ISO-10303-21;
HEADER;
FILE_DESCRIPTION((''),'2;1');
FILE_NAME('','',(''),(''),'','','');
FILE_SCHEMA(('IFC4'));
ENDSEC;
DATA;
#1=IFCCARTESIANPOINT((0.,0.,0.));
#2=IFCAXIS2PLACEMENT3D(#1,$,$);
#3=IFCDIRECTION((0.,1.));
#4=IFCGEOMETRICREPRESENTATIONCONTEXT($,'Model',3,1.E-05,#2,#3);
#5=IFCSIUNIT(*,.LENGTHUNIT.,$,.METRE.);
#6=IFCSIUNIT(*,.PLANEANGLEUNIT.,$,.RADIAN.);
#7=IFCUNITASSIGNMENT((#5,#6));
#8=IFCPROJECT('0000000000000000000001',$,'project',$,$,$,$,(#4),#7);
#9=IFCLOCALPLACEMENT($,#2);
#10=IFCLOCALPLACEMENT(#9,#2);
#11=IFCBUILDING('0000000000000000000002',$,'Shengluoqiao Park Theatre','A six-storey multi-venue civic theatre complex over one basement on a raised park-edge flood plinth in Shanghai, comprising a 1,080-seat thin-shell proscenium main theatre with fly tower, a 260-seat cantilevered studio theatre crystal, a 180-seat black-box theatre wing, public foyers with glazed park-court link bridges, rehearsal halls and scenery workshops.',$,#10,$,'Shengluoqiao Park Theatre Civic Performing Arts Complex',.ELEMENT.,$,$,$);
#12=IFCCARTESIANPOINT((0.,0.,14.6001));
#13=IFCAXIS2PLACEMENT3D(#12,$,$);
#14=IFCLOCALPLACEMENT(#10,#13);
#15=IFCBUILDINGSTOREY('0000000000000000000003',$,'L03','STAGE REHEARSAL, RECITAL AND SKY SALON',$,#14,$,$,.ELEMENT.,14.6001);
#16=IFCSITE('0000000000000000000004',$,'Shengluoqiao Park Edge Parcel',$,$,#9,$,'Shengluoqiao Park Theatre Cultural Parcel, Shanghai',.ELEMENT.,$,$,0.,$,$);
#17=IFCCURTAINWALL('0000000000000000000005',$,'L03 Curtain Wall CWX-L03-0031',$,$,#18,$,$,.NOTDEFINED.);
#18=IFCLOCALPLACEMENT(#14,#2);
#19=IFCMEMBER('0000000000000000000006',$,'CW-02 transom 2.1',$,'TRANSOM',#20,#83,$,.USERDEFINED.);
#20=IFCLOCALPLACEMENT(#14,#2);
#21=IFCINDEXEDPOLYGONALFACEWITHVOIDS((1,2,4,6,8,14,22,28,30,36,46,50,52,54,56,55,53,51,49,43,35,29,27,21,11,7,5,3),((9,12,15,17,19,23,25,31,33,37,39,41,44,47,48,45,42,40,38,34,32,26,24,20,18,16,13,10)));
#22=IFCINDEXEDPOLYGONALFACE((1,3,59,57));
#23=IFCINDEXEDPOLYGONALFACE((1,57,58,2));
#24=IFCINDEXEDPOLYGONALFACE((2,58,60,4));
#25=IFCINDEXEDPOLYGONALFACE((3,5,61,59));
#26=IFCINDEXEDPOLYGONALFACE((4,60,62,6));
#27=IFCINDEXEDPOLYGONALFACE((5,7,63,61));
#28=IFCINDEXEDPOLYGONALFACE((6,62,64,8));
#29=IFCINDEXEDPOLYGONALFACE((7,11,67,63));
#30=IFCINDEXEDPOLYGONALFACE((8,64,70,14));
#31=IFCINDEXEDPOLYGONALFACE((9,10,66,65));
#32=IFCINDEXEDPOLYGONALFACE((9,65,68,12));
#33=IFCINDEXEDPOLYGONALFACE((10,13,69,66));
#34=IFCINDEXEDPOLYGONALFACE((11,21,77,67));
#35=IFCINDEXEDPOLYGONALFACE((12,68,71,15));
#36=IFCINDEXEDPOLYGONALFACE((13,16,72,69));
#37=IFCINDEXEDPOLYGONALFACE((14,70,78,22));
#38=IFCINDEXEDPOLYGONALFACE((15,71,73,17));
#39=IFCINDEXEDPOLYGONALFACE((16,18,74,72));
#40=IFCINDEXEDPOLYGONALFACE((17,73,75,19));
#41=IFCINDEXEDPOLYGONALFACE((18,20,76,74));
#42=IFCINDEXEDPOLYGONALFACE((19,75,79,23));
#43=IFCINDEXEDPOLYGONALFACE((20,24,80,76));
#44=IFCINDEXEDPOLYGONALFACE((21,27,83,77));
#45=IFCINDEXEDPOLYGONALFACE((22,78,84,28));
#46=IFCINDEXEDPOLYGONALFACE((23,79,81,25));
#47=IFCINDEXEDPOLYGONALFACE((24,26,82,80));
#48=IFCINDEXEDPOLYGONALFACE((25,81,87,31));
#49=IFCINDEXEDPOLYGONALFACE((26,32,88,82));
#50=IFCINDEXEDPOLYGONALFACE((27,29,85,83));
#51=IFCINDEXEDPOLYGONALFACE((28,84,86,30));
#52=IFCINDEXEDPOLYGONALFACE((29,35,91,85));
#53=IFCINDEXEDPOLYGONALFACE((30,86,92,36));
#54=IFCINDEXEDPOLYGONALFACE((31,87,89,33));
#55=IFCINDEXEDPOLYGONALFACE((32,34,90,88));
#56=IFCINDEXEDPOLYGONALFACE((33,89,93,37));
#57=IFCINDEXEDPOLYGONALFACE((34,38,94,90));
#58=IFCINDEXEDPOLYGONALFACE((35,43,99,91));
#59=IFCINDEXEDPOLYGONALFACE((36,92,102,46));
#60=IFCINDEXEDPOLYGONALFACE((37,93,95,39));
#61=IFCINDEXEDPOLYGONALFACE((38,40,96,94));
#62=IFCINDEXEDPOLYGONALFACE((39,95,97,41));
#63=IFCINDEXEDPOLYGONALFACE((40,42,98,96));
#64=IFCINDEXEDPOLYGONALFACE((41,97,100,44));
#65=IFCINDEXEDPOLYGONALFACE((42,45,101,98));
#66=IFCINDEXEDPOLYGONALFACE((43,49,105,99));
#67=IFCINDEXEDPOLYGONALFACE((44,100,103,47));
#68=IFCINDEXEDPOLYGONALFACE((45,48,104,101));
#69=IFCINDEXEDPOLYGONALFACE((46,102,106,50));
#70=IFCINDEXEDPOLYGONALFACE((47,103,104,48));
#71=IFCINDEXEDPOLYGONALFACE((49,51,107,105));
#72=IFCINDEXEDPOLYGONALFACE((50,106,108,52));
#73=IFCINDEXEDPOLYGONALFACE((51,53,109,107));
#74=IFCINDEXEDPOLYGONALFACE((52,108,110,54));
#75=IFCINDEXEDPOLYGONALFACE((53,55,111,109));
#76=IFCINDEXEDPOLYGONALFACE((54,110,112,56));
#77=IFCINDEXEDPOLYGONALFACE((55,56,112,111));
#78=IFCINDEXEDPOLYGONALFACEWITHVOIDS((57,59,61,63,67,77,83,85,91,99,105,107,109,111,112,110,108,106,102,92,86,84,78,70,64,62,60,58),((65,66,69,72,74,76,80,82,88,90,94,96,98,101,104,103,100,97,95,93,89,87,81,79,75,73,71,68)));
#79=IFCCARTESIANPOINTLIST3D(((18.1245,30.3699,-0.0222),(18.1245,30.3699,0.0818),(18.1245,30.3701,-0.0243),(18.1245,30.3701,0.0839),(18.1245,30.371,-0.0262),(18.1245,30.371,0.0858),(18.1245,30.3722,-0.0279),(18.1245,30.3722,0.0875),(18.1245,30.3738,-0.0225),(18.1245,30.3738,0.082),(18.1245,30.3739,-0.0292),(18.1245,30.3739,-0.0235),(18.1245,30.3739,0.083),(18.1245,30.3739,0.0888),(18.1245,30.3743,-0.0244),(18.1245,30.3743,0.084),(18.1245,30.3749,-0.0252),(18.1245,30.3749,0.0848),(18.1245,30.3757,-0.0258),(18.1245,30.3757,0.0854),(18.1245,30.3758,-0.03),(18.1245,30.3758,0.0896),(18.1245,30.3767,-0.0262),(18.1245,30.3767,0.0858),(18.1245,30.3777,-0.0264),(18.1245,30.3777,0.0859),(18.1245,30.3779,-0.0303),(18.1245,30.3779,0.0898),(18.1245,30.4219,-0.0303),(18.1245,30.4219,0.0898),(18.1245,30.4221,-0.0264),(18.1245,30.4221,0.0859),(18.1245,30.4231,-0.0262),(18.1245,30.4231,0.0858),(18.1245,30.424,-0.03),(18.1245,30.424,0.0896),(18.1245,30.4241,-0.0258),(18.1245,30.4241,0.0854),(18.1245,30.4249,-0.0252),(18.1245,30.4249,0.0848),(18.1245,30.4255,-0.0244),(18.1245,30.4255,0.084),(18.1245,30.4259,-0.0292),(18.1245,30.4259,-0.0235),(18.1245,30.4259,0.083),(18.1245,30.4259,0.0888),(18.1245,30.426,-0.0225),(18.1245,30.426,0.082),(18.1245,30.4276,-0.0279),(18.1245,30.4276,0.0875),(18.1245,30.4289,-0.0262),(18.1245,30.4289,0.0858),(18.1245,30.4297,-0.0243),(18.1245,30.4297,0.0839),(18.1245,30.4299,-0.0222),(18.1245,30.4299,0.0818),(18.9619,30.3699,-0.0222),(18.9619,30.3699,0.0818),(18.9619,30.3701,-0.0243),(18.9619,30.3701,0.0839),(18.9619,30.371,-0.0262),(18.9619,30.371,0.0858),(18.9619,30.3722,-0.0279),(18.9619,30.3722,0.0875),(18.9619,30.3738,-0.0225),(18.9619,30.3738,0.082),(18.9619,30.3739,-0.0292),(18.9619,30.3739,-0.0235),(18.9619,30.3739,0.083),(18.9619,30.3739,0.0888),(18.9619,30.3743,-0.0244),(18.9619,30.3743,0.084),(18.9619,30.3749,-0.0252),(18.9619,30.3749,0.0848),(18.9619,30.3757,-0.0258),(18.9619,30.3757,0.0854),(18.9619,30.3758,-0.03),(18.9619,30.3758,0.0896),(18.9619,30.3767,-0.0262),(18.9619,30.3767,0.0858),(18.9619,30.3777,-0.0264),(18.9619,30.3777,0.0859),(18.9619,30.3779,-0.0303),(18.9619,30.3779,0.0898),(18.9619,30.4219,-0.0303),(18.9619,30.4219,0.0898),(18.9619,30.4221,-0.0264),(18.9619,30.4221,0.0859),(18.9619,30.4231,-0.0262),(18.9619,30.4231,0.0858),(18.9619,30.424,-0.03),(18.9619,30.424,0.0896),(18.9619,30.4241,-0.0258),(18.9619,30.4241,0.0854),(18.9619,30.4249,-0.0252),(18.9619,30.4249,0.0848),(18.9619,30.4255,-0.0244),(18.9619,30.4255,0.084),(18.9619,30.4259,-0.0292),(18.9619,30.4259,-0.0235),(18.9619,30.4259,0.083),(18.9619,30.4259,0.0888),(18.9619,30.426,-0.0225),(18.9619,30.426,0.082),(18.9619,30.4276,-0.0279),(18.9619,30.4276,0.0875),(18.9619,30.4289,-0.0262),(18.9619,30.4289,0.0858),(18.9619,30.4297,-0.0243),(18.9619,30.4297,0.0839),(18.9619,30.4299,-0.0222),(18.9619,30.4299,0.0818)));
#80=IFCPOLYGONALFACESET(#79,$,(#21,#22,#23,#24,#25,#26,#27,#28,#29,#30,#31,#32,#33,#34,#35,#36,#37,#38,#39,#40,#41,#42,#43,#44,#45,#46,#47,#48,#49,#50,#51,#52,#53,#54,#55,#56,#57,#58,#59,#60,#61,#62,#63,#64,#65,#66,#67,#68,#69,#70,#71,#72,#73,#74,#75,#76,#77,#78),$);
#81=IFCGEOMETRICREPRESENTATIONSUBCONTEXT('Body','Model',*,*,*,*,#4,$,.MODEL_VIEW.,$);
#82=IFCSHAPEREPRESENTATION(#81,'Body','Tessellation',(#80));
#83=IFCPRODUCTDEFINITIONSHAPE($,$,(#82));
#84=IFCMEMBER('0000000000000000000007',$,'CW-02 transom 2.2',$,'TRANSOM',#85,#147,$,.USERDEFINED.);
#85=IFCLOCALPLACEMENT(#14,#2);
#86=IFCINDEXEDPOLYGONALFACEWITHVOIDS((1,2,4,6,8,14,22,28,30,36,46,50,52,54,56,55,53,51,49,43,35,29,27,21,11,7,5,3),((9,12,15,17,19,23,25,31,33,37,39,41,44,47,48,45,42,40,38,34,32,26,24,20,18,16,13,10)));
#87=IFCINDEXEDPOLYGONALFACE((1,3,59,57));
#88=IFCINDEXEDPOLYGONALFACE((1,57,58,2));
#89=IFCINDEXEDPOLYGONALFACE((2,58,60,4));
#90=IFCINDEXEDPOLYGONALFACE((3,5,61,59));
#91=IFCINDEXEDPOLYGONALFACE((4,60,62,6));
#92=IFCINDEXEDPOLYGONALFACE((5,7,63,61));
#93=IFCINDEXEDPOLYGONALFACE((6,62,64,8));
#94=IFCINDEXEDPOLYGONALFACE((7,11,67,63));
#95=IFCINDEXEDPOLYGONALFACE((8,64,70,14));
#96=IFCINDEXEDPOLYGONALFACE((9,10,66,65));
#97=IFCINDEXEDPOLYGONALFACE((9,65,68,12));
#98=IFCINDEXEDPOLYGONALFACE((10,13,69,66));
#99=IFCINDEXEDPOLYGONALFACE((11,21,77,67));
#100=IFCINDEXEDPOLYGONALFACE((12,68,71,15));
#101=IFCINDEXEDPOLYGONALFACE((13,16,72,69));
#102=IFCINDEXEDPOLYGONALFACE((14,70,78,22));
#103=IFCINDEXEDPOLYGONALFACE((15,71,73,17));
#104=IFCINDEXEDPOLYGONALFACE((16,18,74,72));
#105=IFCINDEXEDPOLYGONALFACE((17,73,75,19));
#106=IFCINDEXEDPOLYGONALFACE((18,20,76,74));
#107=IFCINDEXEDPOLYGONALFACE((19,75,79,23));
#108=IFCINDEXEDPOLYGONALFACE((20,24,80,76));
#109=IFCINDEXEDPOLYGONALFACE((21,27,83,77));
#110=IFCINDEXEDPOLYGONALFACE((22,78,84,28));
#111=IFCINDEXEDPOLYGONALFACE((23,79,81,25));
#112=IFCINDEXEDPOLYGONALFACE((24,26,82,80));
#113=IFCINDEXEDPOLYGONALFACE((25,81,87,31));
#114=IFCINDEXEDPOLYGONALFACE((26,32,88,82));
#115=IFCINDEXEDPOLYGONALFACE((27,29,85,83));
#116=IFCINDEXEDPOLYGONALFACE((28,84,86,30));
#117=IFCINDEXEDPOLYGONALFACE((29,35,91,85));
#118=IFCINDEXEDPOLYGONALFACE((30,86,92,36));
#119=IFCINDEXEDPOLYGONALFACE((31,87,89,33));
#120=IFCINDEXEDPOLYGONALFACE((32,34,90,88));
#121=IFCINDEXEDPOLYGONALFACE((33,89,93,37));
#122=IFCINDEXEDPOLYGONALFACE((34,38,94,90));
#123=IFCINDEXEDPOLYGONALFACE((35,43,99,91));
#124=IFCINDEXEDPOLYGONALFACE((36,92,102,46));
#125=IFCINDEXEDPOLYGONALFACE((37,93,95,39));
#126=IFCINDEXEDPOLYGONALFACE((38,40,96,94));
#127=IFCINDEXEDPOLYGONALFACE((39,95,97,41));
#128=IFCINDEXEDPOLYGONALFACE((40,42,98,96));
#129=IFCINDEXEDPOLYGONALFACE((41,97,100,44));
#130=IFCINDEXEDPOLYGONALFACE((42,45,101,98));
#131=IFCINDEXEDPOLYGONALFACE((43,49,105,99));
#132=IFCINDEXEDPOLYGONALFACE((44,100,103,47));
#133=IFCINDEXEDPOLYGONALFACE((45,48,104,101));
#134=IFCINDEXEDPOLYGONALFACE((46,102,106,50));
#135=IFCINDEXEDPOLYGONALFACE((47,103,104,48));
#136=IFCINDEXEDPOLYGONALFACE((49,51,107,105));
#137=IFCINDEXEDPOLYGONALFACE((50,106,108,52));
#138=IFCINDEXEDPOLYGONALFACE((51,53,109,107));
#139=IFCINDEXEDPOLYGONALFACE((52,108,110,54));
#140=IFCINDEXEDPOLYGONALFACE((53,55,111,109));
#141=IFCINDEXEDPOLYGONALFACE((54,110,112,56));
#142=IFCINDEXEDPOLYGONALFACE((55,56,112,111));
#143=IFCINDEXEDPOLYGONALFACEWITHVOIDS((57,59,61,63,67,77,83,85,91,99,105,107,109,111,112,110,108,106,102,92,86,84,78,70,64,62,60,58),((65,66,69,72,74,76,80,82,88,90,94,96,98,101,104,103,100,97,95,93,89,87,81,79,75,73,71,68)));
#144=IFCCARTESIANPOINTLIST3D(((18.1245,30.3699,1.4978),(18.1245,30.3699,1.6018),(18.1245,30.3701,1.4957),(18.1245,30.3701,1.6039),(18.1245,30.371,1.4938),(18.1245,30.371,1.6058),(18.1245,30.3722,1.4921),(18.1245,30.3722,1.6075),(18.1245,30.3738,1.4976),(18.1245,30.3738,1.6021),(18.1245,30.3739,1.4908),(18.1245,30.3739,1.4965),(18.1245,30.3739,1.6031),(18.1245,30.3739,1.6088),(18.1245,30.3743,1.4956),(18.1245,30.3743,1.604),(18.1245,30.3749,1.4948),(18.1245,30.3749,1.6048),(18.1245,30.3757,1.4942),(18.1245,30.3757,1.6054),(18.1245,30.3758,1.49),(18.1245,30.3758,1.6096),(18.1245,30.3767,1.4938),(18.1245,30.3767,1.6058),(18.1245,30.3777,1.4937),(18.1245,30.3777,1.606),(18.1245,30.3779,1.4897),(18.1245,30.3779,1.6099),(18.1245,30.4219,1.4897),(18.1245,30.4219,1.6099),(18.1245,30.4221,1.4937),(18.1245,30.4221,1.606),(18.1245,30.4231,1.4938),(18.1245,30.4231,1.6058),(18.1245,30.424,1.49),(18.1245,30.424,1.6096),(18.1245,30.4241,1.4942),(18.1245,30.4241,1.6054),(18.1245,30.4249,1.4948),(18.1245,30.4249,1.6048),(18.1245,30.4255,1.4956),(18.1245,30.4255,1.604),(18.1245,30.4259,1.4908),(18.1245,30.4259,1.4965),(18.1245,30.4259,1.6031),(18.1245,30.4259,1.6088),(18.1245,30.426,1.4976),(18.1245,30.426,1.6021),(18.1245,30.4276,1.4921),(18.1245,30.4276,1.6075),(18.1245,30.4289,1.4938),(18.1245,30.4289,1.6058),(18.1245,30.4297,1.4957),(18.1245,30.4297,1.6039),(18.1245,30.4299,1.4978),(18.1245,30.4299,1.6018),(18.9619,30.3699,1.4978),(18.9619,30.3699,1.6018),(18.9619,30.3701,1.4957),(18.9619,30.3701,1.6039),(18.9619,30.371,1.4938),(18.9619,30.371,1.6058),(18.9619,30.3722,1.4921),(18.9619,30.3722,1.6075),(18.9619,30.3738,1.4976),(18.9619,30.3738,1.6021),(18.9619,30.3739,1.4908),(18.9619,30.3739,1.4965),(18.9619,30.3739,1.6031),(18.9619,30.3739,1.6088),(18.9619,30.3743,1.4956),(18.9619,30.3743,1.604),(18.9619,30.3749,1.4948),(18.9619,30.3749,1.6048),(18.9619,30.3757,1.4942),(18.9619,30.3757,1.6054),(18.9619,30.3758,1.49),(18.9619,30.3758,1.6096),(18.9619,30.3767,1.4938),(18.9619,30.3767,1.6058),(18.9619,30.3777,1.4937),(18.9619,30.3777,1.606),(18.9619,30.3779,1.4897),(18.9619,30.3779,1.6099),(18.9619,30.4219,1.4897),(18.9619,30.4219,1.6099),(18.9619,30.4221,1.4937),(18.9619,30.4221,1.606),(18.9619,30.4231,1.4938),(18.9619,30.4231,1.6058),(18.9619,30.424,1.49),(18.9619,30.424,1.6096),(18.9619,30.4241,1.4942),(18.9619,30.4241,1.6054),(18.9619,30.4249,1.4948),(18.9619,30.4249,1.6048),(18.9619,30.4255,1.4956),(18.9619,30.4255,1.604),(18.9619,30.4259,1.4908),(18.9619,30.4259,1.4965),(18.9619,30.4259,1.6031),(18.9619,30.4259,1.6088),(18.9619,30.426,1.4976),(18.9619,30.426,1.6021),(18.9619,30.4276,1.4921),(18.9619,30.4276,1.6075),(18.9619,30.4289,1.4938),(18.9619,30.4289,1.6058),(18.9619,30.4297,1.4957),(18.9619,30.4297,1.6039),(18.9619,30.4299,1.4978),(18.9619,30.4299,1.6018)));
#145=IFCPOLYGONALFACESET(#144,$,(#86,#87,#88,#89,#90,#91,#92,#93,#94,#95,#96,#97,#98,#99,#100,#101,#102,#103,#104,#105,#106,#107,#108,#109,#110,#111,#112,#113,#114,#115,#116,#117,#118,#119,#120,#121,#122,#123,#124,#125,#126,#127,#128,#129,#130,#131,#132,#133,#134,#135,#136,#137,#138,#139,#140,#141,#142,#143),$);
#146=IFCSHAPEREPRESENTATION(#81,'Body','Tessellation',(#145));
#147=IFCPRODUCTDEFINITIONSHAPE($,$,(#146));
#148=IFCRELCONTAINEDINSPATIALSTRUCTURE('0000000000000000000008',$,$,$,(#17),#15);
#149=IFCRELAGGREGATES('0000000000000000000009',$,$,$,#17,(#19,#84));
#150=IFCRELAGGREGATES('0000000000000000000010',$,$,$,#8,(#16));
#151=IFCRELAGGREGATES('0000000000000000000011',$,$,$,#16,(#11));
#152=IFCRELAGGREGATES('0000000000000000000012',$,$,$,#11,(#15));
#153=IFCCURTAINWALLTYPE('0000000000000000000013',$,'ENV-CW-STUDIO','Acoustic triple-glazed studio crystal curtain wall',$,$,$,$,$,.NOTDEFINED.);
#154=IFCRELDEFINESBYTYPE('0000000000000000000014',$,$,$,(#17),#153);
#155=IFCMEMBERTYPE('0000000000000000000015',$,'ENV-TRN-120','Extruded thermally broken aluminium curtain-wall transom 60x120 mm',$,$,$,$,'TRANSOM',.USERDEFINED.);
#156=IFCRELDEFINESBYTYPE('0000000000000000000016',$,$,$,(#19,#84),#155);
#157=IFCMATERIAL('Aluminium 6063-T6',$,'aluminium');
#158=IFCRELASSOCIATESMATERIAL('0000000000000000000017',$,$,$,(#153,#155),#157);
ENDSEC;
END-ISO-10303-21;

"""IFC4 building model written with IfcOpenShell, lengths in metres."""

from ifc_helpers import new_model, si_unit, direction, frame, origin, origin_2d, place, context, subcontext, project, spatial, hollow_rectangle, extrude, material, material_profile, profile_set, type_object, element, aggregate, save


model = new_model("IFC4")

# Units and contexts
model_context = context("Model", 3, precision=1e-05, world=origin(), true_north=direction((0.0, 1.0)))
body_context = subcontext(model_context, "Body", "Model", "MODEL_VIEW")
ifc_project = project(units=[si_unit("LENGTHUNIT", "METRE"), si_unit("PLANEANGLEUNIT", "RADIAN")], contexts=[model_context])

# Site, building, storey
site_placement = place(None, origin())
site = spatial("IfcSite", under=ifc_project, at=site_placement, Name="Shengluoqiao Park Edge Parcel", LongName="Shengluoqiao Park Theatre Cultural Parcel, Shanghai", CompositionType="ELEMENT", RefElevation=0.0)
building_placement = place(site_placement, origin())
building = spatial("IfcBuilding", under=site, at=building_placement, Name="Shengluoqiao Park Theatre", Description="A six-storey multi-venue civic theatre complex over one basement on a raised park-edge flood plinth in Shanghai, comprising a 1,080-seat thin-shell proscenium main theatre with fly tower, a 260-seat cantilevered studio theatre crystal, a 180-seat black-box theatre wing, public foyers with glazed park-court link bridges, rehearsal halls and scenery workshops.", LongName="Shengluoqiao Park Theatre Civic Performing Arts Complex", CompositionType="ELEMENT")
storey_placement = place(building_placement, frame((0.0, 0.0, 14.6001)))
storey = spatial("IfcBuildingStorey", under=building, at=storey_placement, Name="L03", Description="STAGE REHEARSAL, RECITAL AND SKY SALON", CompositionType="ELEMENT", Elevation=14.6001)

# Shared definitions
ifc_material_1 = material(Name="Aluminium 6063-T6", Category="aluminium")
curtain_wall_type = type_object("IfcCurtainWallType", Name="ENV-CW-STUDIO", Description="Acoustic triple-glazed studio crystal curtain wall", PredefinedType="NOTDEFINED", material=ifc_material_1)

# Curtain wall, members
curtain_wall_1_placement = place(storey_placement, origin())
curtain_wall_1 = element("IfcCurtainWall", 1, at=curtain_wall_1_placement, inside=storey, type_object=curtain_wall_type, Name="L03 Curtain Wall CWX-L03-0031", PredefinedType="NOTDEFINED")
ifc_material_profile_1 = material_profile(ifc_material_1, hollow_rectangle(XDim=0.0601, YDim=0.1201, WallThickness=0.0039, InnerFilletRadius=0.0039, OuterFilletRadius=0.0081, at=origin_2d()), Name="ALU TRANSOM 120x60x4")
ifc_profile_set_1 = profile_set([ifc_material_profile_1], Name="Aluminium 6063-T6")
member_type_1 = type_object("IfcMemberType", Name="ENV-TRN-120", Description="Extruded thermally broken aluminium curtain-wall transom 60x120 mm", ElementType="TRANSOM", PredefinedType="USERDEFINED", material=ifc_profile_set_1)
member_1_placement = place(storey_placement, frame((18.1245, 30.3999, 0.0298), z_axis=(1.0, 0.0, 0.0), x_axis=(0.0, 1.0, 0.0)))
member_1 = element("IfcMember", 2, at=member_1_placement, type_object=member_type_1, Name="CW-02 transom 2.1", ObjectType="TRANSOM", PredefinedType="USERDEFINED", context=body_context, shape_type="SweptSolid", body=[
    extrude(hollow_rectangle(XDim=0.0601, YDim=0.1201, WallThickness=0.0039, InnerFilletRadius=0.0039, OuterFilletRadius=0.0081, at=origin_2d()), origin(), (0.0, 0.0, 1.0), 0.8374),
])
member_2_placement = place(storey_placement, frame((18.1245, 30.3999, 1.5498), z_axis=(1.0, 0.0, 0.0), x_axis=(0.0, 1.0, 0.0)))
member_2 = element("IfcMember", 3, at=member_2_placement, type_object=member_type_1, Name="CW-02 transom 2.2", ObjectType="TRANSOM", PredefinedType="USERDEFINED", context=body_context, shape_type="SweptSolid", body=[
    extrude(hollow_rectangle(XDim=0.0601, YDim=0.1201, WallThickness=0.0039, InnerFilletRadius=0.0039, OuterFilletRadius=0.0081, at=origin_2d()), origin(), (0.0, 0.0, 1.0), 0.8374),
])

aggregate(curtain_wall_1, [member_1, member_2])

save(model, "model.ifc")
